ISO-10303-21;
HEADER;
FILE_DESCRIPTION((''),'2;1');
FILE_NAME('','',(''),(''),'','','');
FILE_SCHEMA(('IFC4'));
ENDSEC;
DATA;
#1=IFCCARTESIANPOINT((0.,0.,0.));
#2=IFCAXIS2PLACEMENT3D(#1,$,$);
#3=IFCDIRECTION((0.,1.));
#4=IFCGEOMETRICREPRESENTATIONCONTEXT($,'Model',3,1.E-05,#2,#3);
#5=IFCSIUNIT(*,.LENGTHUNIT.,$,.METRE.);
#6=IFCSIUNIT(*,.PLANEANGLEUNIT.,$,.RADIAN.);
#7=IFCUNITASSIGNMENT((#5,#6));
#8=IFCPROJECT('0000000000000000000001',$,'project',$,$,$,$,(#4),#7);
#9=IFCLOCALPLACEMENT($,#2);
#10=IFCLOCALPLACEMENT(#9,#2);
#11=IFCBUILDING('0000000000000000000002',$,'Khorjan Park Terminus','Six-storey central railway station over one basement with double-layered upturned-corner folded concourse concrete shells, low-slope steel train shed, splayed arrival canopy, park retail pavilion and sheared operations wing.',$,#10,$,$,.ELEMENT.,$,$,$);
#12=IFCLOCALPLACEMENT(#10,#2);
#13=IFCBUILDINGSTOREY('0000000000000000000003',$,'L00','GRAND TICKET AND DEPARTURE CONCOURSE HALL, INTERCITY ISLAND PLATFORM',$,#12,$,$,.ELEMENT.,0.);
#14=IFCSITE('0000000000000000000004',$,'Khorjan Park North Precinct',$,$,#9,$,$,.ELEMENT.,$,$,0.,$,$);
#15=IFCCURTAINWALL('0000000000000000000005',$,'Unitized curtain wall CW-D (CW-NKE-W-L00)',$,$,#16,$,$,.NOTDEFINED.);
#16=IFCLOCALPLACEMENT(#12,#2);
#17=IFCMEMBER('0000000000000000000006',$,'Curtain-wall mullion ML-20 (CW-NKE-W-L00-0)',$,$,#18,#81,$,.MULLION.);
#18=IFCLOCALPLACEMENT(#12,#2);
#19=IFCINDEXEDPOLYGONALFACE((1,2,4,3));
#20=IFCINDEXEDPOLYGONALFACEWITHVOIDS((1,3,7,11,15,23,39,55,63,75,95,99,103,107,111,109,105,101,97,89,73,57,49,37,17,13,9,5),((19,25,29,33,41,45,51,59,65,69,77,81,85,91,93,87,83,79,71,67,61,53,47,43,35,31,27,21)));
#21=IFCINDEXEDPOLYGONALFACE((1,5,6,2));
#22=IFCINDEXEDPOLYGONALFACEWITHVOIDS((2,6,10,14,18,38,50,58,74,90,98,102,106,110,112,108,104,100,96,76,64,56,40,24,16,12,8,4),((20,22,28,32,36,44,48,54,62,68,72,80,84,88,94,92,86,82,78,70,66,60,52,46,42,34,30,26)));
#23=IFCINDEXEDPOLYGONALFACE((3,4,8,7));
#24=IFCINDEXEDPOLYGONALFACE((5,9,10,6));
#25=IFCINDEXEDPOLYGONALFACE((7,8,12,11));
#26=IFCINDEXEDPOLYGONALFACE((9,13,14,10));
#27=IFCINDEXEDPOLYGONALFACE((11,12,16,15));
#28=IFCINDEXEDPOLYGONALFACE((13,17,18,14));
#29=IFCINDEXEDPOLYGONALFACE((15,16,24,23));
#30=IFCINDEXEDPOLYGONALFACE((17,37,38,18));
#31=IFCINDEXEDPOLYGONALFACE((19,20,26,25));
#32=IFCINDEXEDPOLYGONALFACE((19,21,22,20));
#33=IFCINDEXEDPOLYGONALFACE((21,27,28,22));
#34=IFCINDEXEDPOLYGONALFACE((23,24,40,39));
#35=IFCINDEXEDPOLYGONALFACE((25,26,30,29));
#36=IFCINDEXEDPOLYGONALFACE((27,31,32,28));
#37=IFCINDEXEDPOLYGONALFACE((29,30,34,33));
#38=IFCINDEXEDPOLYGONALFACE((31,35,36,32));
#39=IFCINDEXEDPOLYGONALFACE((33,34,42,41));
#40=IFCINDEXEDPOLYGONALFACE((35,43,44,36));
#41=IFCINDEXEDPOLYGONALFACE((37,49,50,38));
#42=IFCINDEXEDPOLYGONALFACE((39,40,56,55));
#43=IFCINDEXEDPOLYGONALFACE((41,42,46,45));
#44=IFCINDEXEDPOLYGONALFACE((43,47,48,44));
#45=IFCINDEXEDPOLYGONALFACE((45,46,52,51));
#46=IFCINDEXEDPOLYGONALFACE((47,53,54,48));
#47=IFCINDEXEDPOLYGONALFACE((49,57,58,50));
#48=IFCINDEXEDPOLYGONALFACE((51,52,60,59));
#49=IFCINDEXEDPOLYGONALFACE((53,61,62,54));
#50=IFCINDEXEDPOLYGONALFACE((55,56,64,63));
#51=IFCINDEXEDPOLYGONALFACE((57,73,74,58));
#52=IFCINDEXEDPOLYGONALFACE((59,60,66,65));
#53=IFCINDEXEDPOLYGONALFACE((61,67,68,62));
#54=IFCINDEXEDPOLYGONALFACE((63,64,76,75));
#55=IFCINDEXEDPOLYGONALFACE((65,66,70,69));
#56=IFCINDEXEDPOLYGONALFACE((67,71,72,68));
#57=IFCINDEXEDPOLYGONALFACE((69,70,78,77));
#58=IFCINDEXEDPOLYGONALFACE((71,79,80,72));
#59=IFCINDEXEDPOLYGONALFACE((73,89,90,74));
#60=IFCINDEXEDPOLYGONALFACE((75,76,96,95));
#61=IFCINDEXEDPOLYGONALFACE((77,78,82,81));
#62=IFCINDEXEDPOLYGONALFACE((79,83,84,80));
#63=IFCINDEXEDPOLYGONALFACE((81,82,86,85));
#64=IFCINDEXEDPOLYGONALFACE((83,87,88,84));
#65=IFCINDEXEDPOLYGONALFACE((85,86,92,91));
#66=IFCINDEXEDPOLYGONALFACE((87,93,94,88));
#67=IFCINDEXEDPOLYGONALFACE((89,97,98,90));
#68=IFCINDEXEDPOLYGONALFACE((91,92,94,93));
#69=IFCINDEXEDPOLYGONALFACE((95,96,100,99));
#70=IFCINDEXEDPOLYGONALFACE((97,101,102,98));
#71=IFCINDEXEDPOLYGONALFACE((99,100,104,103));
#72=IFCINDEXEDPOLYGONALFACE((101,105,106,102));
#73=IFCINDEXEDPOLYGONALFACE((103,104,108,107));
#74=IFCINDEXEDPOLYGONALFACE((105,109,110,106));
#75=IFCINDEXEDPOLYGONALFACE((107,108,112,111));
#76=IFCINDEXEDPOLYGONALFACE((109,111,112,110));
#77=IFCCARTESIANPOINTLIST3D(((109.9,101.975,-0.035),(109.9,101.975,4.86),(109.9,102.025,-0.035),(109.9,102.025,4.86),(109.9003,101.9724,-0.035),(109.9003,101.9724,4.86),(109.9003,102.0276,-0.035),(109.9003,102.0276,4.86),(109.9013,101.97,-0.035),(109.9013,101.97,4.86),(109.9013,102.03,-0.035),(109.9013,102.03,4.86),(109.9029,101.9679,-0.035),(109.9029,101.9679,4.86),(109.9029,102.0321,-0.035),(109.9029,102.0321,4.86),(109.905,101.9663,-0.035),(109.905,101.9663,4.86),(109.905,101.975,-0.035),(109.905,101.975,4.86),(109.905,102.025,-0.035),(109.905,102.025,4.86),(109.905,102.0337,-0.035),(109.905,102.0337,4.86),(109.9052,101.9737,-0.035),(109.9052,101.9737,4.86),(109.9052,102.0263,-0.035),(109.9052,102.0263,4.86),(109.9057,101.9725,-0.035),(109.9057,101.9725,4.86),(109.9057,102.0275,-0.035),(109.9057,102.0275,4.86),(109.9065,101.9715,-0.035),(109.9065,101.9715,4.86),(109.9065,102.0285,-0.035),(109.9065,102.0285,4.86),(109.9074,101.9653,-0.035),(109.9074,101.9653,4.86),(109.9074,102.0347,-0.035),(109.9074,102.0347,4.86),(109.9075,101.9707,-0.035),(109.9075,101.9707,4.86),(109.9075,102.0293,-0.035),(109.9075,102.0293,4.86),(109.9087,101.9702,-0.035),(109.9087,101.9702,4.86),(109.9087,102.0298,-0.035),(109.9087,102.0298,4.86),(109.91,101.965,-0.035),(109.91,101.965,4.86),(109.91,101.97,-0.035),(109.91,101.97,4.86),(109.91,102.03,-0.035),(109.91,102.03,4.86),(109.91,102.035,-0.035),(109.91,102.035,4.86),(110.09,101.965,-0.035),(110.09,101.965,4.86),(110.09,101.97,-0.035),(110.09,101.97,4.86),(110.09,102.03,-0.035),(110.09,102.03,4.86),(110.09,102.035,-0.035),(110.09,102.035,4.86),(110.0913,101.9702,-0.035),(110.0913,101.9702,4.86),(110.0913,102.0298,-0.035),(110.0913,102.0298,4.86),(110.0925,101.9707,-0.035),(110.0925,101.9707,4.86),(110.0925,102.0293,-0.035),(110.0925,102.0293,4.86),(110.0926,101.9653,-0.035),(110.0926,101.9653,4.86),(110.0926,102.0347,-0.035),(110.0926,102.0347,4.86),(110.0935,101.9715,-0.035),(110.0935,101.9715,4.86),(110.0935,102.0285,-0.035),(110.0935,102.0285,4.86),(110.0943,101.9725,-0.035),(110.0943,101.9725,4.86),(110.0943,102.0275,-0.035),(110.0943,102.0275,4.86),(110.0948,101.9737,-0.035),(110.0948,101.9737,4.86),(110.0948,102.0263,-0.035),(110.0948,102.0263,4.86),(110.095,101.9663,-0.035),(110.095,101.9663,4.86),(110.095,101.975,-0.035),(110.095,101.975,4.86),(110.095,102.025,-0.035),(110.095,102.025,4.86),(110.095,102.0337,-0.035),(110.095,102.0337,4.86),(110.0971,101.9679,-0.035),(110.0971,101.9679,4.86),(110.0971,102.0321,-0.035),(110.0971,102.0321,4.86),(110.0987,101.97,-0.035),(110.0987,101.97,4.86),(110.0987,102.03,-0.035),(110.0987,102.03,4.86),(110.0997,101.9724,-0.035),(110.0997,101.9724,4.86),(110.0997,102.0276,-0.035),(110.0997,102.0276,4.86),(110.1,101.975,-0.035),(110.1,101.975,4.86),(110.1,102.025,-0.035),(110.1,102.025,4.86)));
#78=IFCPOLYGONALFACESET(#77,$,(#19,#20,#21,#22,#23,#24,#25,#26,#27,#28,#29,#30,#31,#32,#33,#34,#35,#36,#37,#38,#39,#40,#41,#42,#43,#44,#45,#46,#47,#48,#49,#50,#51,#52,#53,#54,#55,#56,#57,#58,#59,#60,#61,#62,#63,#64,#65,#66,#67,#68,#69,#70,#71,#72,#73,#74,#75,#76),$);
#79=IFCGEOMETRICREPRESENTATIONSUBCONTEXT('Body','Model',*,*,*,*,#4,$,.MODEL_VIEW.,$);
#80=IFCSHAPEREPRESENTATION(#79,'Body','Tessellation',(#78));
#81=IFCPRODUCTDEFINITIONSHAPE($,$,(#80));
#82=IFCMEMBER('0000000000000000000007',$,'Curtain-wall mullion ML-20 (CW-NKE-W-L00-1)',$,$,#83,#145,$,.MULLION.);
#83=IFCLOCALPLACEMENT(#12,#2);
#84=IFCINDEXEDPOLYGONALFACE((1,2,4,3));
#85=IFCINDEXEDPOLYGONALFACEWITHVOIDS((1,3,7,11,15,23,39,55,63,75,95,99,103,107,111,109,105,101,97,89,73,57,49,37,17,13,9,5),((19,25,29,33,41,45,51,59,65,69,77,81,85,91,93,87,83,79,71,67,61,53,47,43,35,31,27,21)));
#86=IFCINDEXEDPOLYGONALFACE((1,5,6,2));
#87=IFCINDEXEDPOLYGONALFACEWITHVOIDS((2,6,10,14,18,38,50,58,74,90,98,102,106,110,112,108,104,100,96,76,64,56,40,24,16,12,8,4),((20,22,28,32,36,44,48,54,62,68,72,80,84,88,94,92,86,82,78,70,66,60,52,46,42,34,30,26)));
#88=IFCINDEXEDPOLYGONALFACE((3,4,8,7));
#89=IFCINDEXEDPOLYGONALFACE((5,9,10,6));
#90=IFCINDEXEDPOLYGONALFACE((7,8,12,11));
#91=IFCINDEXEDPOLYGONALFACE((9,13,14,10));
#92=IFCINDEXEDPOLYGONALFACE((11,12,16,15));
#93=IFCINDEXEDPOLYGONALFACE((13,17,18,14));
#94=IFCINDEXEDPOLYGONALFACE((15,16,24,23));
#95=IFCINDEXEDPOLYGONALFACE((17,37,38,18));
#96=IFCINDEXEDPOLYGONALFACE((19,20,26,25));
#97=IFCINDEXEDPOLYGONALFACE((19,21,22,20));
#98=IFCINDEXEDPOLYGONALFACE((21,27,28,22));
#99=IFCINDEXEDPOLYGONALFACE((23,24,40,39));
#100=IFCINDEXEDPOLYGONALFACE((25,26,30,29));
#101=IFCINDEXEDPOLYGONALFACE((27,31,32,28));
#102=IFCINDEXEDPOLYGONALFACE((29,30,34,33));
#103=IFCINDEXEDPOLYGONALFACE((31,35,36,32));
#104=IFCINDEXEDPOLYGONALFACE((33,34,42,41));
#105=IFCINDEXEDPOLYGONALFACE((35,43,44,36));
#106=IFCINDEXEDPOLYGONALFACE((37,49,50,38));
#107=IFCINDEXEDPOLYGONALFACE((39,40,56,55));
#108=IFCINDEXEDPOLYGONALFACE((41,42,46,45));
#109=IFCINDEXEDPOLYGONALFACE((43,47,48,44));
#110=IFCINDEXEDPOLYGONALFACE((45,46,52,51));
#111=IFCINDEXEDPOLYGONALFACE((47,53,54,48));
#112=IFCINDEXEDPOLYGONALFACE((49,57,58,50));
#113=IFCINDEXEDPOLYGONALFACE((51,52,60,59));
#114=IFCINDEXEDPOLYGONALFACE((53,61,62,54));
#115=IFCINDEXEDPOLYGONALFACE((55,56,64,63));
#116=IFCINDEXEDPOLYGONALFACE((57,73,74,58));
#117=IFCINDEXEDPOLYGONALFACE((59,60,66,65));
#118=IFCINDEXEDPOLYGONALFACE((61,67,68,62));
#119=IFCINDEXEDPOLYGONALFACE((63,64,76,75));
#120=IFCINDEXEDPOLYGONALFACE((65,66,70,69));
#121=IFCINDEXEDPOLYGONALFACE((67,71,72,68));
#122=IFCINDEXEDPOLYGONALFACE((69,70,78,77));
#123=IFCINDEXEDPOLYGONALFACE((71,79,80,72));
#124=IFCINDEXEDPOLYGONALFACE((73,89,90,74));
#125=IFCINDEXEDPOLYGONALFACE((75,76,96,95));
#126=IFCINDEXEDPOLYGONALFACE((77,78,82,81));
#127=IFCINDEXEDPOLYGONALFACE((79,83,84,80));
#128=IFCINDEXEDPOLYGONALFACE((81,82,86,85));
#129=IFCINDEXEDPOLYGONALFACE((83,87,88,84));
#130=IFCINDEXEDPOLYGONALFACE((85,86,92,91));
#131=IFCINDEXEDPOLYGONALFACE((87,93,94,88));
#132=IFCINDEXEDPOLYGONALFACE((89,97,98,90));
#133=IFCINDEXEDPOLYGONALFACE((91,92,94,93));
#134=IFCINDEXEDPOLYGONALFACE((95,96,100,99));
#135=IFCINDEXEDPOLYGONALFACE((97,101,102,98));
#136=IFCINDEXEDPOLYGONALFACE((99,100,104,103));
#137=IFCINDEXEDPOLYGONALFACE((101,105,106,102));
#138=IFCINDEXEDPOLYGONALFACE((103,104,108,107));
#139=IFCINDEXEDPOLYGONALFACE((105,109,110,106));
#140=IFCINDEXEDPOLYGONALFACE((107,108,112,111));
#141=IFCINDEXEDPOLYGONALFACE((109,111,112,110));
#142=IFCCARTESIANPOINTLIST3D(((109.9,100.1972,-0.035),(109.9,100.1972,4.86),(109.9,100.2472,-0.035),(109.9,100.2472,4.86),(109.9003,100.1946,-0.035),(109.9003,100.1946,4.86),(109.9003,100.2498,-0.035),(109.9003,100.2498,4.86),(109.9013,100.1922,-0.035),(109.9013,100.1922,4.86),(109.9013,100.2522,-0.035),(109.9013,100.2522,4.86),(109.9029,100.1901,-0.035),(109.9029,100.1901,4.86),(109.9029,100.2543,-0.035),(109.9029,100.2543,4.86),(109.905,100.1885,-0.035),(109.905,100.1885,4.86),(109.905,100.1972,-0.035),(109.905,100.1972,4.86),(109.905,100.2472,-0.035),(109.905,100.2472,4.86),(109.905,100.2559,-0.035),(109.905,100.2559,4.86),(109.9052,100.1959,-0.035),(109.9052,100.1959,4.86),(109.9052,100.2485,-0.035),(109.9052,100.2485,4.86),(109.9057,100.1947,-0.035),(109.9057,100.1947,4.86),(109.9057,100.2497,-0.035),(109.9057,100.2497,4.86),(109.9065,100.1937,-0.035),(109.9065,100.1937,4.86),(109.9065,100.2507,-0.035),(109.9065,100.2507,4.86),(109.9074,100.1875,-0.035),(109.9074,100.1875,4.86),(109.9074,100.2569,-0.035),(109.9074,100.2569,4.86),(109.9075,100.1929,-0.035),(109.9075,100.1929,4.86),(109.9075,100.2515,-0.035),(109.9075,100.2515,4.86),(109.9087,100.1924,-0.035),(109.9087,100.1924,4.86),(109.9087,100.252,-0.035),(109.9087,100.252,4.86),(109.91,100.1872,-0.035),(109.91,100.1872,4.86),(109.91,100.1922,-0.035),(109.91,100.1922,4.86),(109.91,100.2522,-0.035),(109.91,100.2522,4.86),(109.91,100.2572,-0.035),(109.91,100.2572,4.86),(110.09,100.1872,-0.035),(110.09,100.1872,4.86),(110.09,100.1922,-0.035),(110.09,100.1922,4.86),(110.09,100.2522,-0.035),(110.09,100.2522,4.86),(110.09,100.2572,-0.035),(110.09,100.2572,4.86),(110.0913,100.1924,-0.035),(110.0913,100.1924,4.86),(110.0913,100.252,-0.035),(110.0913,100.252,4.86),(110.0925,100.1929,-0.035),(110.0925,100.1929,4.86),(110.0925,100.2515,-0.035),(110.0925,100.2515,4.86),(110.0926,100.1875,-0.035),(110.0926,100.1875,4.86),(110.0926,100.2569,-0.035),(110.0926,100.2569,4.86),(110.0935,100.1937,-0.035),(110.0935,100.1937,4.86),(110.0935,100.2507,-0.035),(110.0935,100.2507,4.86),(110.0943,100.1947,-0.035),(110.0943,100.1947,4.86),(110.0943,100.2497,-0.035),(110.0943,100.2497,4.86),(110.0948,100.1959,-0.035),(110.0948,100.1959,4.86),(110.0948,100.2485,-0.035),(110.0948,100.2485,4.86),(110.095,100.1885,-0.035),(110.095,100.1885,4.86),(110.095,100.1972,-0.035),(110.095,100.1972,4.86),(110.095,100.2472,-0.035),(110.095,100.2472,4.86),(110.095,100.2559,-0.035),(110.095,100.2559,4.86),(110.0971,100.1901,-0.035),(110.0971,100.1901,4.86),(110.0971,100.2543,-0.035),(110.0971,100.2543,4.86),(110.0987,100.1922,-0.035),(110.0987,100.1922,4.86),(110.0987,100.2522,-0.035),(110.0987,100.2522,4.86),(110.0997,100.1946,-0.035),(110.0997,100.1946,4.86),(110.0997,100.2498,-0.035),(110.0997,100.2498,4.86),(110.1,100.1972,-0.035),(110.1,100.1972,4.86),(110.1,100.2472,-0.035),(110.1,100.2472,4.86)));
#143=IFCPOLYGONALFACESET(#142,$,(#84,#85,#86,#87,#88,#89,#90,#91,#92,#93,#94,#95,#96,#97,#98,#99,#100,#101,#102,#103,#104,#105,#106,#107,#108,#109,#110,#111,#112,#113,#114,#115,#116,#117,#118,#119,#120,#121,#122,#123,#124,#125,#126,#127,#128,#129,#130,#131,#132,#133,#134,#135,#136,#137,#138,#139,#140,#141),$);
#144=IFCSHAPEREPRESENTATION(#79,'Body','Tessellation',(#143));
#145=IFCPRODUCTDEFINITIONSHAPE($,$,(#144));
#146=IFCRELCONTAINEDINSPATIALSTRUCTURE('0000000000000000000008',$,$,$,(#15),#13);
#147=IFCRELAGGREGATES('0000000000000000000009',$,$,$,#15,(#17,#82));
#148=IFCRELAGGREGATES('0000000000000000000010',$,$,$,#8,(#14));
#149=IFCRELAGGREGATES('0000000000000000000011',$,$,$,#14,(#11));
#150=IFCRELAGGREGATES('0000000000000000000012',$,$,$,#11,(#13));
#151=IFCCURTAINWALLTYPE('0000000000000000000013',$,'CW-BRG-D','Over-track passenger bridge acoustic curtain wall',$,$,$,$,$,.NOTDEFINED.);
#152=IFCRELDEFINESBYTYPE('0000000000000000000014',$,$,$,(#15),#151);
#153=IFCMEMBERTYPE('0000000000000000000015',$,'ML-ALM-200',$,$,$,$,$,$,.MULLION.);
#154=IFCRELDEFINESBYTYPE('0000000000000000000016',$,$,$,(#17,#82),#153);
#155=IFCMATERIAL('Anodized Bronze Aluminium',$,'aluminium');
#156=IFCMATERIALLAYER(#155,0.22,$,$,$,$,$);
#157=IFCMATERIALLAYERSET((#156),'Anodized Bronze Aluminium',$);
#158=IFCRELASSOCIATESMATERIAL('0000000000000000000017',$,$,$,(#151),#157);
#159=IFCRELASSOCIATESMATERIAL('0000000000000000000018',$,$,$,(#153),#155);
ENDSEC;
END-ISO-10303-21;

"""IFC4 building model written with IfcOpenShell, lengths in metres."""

from ifc_helpers import new_model, si_unit, direction, frame, origin, origin_2d, place, context, subcontext, project, spatial, hollow_rectangle, extrude, material, layer, layer_set, material_profile, profile_set, type_object, element, aggregate, save


model = new_model("IFC4")

# Units and contexts
model_context = context("Model", 3, precision=1e-05, world=origin(), true_north=direction((0.0, 1.0)))
body_context = subcontext(model_context, "Body", "Model", "MODEL_VIEW")
ifc_project = project(units=[si_unit("LENGTHUNIT", "METRE"), si_unit("PLANEANGLEUNIT", "RADIAN")], contexts=[model_context])

# Site, building, storey
site_placement = place(None, origin())
site = spatial("IfcSite", under=ifc_project, at=site_placement, Name="Khorjan Park North Precinct", CompositionType="ELEMENT", RefElevation=0.0)
building_placement = place(site_placement, origin())
building = spatial("IfcBuilding", under=site, at=building_placement, Name="Khorjan Park Terminus", Description="Six-storey central railway station over one basement with double-layered upturned-corner folded concourse concrete shells, low-slope steel train shed, splayed arrival canopy, park retail pavilion and sheared operations wing.", CompositionType="ELEMENT")
storey_placement = place(building_placement, origin())
storey = spatial("IfcBuildingStorey", under=building, at=storey_placement, Name="L00", Description="GRAND TICKET AND DEPARTURE CONCOURSE HALL, INTERCITY ISLAND PLATFORM", CompositionType="ELEMENT", Elevation=0.0)

# Curtain wall, members
ifc_material_1 = material(Name="Anodized Bronze Aluminium", Category="aluminium")
ifc_layer_1 = layer(ifc_material_1, 0.22)
ifc_layer_set_1 = layer_set([ifc_layer_1], Name="Anodized Bronze Aluminium")
curtain_wall_type = type_object("IfcCurtainWallType", Name="CW-BRG-D", Description="Over-track passenger bridge acoustic curtain wall", PredefinedType="NOTDEFINED", material=ifc_layer_set_1)
curtain_wall_placement = place(storey_placement, origin())
curtain_wall = element("IfcCurtainWall", 1, at=curtain_wall_placement, inside=storey, type_object=curtain_wall_type, Name="Unitized curtain wall CW-D (CW-NKE-W-L00)", PredefinedType="NOTDEFINED")
ifc_material_profile_1 = material_profile(ifc_material_1, hollow_rectangle(XDim=0.07, YDim=0.2, WallThickness=0.005, InnerFilletRadius=0.005, OuterFilletRadius=0.01, at=origin_2d()), Name="ALM 70x200x5")
ifc_profile_set_1 = profile_set([ifc_material_profile_1], Name="Anodized Bronze Aluminium")
member_type_1 = type_object("IfcMemberType", Name="ML-ALM-200", PredefinedType="MULLION", material=ifc_profile_set_1)
member_1_placement = place(storey_placement, frame((110.0, 102.0, -0.035), z_axis=(0.0, 0.0, 1.0), x_axis=(0.0, -1.0, 0.0)))
member_1 = element("IfcMember", 2, at=member_1_placement, type_object=member_type_1, Name="Curtain-wall mullion ML-20 (CW-NKE-W-L00-0)", PredefinedType="MULLION", context=body_context, shape_type="SweptSolid", body=[
    extrude(hollow_rectangle(XDim=0.07, YDim=0.2, WallThickness=0.005, InnerFilletRadius=0.005, OuterFilletRadius=0.01, at=origin_2d()), origin(), (0.0, 0.0, 1.0), 4.895),
])
member_2_placement = place(storey_placement, frame((110.0, 100.2222, -0.035), z_axis=(0.0, 0.0, 1.0), x_axis=(0.0, -1.0, 0.0)))
member_2 = element("IfcMember", 3, at=member_2_placement, type_object=member_type_1, Name="Curtain-wall mullion ML-20 (CW-NKE-W-L00-1)", PredefinedType="MULLION", context=body_context, shape_type="SweptSolid", body=[
    extrude(hollow_rectangle(XDim=0.07, YDim=0.2, WallThickness=0.005, InnerFilletRadius=0.005, OuterFilletRadius=0.01, at=origin_2d()), origin(), (0.0, 0.0, 1.0), 4.895),
])
aggregate(curtain_wall, [member_1, member_2])

save(model, "model.ifc")
